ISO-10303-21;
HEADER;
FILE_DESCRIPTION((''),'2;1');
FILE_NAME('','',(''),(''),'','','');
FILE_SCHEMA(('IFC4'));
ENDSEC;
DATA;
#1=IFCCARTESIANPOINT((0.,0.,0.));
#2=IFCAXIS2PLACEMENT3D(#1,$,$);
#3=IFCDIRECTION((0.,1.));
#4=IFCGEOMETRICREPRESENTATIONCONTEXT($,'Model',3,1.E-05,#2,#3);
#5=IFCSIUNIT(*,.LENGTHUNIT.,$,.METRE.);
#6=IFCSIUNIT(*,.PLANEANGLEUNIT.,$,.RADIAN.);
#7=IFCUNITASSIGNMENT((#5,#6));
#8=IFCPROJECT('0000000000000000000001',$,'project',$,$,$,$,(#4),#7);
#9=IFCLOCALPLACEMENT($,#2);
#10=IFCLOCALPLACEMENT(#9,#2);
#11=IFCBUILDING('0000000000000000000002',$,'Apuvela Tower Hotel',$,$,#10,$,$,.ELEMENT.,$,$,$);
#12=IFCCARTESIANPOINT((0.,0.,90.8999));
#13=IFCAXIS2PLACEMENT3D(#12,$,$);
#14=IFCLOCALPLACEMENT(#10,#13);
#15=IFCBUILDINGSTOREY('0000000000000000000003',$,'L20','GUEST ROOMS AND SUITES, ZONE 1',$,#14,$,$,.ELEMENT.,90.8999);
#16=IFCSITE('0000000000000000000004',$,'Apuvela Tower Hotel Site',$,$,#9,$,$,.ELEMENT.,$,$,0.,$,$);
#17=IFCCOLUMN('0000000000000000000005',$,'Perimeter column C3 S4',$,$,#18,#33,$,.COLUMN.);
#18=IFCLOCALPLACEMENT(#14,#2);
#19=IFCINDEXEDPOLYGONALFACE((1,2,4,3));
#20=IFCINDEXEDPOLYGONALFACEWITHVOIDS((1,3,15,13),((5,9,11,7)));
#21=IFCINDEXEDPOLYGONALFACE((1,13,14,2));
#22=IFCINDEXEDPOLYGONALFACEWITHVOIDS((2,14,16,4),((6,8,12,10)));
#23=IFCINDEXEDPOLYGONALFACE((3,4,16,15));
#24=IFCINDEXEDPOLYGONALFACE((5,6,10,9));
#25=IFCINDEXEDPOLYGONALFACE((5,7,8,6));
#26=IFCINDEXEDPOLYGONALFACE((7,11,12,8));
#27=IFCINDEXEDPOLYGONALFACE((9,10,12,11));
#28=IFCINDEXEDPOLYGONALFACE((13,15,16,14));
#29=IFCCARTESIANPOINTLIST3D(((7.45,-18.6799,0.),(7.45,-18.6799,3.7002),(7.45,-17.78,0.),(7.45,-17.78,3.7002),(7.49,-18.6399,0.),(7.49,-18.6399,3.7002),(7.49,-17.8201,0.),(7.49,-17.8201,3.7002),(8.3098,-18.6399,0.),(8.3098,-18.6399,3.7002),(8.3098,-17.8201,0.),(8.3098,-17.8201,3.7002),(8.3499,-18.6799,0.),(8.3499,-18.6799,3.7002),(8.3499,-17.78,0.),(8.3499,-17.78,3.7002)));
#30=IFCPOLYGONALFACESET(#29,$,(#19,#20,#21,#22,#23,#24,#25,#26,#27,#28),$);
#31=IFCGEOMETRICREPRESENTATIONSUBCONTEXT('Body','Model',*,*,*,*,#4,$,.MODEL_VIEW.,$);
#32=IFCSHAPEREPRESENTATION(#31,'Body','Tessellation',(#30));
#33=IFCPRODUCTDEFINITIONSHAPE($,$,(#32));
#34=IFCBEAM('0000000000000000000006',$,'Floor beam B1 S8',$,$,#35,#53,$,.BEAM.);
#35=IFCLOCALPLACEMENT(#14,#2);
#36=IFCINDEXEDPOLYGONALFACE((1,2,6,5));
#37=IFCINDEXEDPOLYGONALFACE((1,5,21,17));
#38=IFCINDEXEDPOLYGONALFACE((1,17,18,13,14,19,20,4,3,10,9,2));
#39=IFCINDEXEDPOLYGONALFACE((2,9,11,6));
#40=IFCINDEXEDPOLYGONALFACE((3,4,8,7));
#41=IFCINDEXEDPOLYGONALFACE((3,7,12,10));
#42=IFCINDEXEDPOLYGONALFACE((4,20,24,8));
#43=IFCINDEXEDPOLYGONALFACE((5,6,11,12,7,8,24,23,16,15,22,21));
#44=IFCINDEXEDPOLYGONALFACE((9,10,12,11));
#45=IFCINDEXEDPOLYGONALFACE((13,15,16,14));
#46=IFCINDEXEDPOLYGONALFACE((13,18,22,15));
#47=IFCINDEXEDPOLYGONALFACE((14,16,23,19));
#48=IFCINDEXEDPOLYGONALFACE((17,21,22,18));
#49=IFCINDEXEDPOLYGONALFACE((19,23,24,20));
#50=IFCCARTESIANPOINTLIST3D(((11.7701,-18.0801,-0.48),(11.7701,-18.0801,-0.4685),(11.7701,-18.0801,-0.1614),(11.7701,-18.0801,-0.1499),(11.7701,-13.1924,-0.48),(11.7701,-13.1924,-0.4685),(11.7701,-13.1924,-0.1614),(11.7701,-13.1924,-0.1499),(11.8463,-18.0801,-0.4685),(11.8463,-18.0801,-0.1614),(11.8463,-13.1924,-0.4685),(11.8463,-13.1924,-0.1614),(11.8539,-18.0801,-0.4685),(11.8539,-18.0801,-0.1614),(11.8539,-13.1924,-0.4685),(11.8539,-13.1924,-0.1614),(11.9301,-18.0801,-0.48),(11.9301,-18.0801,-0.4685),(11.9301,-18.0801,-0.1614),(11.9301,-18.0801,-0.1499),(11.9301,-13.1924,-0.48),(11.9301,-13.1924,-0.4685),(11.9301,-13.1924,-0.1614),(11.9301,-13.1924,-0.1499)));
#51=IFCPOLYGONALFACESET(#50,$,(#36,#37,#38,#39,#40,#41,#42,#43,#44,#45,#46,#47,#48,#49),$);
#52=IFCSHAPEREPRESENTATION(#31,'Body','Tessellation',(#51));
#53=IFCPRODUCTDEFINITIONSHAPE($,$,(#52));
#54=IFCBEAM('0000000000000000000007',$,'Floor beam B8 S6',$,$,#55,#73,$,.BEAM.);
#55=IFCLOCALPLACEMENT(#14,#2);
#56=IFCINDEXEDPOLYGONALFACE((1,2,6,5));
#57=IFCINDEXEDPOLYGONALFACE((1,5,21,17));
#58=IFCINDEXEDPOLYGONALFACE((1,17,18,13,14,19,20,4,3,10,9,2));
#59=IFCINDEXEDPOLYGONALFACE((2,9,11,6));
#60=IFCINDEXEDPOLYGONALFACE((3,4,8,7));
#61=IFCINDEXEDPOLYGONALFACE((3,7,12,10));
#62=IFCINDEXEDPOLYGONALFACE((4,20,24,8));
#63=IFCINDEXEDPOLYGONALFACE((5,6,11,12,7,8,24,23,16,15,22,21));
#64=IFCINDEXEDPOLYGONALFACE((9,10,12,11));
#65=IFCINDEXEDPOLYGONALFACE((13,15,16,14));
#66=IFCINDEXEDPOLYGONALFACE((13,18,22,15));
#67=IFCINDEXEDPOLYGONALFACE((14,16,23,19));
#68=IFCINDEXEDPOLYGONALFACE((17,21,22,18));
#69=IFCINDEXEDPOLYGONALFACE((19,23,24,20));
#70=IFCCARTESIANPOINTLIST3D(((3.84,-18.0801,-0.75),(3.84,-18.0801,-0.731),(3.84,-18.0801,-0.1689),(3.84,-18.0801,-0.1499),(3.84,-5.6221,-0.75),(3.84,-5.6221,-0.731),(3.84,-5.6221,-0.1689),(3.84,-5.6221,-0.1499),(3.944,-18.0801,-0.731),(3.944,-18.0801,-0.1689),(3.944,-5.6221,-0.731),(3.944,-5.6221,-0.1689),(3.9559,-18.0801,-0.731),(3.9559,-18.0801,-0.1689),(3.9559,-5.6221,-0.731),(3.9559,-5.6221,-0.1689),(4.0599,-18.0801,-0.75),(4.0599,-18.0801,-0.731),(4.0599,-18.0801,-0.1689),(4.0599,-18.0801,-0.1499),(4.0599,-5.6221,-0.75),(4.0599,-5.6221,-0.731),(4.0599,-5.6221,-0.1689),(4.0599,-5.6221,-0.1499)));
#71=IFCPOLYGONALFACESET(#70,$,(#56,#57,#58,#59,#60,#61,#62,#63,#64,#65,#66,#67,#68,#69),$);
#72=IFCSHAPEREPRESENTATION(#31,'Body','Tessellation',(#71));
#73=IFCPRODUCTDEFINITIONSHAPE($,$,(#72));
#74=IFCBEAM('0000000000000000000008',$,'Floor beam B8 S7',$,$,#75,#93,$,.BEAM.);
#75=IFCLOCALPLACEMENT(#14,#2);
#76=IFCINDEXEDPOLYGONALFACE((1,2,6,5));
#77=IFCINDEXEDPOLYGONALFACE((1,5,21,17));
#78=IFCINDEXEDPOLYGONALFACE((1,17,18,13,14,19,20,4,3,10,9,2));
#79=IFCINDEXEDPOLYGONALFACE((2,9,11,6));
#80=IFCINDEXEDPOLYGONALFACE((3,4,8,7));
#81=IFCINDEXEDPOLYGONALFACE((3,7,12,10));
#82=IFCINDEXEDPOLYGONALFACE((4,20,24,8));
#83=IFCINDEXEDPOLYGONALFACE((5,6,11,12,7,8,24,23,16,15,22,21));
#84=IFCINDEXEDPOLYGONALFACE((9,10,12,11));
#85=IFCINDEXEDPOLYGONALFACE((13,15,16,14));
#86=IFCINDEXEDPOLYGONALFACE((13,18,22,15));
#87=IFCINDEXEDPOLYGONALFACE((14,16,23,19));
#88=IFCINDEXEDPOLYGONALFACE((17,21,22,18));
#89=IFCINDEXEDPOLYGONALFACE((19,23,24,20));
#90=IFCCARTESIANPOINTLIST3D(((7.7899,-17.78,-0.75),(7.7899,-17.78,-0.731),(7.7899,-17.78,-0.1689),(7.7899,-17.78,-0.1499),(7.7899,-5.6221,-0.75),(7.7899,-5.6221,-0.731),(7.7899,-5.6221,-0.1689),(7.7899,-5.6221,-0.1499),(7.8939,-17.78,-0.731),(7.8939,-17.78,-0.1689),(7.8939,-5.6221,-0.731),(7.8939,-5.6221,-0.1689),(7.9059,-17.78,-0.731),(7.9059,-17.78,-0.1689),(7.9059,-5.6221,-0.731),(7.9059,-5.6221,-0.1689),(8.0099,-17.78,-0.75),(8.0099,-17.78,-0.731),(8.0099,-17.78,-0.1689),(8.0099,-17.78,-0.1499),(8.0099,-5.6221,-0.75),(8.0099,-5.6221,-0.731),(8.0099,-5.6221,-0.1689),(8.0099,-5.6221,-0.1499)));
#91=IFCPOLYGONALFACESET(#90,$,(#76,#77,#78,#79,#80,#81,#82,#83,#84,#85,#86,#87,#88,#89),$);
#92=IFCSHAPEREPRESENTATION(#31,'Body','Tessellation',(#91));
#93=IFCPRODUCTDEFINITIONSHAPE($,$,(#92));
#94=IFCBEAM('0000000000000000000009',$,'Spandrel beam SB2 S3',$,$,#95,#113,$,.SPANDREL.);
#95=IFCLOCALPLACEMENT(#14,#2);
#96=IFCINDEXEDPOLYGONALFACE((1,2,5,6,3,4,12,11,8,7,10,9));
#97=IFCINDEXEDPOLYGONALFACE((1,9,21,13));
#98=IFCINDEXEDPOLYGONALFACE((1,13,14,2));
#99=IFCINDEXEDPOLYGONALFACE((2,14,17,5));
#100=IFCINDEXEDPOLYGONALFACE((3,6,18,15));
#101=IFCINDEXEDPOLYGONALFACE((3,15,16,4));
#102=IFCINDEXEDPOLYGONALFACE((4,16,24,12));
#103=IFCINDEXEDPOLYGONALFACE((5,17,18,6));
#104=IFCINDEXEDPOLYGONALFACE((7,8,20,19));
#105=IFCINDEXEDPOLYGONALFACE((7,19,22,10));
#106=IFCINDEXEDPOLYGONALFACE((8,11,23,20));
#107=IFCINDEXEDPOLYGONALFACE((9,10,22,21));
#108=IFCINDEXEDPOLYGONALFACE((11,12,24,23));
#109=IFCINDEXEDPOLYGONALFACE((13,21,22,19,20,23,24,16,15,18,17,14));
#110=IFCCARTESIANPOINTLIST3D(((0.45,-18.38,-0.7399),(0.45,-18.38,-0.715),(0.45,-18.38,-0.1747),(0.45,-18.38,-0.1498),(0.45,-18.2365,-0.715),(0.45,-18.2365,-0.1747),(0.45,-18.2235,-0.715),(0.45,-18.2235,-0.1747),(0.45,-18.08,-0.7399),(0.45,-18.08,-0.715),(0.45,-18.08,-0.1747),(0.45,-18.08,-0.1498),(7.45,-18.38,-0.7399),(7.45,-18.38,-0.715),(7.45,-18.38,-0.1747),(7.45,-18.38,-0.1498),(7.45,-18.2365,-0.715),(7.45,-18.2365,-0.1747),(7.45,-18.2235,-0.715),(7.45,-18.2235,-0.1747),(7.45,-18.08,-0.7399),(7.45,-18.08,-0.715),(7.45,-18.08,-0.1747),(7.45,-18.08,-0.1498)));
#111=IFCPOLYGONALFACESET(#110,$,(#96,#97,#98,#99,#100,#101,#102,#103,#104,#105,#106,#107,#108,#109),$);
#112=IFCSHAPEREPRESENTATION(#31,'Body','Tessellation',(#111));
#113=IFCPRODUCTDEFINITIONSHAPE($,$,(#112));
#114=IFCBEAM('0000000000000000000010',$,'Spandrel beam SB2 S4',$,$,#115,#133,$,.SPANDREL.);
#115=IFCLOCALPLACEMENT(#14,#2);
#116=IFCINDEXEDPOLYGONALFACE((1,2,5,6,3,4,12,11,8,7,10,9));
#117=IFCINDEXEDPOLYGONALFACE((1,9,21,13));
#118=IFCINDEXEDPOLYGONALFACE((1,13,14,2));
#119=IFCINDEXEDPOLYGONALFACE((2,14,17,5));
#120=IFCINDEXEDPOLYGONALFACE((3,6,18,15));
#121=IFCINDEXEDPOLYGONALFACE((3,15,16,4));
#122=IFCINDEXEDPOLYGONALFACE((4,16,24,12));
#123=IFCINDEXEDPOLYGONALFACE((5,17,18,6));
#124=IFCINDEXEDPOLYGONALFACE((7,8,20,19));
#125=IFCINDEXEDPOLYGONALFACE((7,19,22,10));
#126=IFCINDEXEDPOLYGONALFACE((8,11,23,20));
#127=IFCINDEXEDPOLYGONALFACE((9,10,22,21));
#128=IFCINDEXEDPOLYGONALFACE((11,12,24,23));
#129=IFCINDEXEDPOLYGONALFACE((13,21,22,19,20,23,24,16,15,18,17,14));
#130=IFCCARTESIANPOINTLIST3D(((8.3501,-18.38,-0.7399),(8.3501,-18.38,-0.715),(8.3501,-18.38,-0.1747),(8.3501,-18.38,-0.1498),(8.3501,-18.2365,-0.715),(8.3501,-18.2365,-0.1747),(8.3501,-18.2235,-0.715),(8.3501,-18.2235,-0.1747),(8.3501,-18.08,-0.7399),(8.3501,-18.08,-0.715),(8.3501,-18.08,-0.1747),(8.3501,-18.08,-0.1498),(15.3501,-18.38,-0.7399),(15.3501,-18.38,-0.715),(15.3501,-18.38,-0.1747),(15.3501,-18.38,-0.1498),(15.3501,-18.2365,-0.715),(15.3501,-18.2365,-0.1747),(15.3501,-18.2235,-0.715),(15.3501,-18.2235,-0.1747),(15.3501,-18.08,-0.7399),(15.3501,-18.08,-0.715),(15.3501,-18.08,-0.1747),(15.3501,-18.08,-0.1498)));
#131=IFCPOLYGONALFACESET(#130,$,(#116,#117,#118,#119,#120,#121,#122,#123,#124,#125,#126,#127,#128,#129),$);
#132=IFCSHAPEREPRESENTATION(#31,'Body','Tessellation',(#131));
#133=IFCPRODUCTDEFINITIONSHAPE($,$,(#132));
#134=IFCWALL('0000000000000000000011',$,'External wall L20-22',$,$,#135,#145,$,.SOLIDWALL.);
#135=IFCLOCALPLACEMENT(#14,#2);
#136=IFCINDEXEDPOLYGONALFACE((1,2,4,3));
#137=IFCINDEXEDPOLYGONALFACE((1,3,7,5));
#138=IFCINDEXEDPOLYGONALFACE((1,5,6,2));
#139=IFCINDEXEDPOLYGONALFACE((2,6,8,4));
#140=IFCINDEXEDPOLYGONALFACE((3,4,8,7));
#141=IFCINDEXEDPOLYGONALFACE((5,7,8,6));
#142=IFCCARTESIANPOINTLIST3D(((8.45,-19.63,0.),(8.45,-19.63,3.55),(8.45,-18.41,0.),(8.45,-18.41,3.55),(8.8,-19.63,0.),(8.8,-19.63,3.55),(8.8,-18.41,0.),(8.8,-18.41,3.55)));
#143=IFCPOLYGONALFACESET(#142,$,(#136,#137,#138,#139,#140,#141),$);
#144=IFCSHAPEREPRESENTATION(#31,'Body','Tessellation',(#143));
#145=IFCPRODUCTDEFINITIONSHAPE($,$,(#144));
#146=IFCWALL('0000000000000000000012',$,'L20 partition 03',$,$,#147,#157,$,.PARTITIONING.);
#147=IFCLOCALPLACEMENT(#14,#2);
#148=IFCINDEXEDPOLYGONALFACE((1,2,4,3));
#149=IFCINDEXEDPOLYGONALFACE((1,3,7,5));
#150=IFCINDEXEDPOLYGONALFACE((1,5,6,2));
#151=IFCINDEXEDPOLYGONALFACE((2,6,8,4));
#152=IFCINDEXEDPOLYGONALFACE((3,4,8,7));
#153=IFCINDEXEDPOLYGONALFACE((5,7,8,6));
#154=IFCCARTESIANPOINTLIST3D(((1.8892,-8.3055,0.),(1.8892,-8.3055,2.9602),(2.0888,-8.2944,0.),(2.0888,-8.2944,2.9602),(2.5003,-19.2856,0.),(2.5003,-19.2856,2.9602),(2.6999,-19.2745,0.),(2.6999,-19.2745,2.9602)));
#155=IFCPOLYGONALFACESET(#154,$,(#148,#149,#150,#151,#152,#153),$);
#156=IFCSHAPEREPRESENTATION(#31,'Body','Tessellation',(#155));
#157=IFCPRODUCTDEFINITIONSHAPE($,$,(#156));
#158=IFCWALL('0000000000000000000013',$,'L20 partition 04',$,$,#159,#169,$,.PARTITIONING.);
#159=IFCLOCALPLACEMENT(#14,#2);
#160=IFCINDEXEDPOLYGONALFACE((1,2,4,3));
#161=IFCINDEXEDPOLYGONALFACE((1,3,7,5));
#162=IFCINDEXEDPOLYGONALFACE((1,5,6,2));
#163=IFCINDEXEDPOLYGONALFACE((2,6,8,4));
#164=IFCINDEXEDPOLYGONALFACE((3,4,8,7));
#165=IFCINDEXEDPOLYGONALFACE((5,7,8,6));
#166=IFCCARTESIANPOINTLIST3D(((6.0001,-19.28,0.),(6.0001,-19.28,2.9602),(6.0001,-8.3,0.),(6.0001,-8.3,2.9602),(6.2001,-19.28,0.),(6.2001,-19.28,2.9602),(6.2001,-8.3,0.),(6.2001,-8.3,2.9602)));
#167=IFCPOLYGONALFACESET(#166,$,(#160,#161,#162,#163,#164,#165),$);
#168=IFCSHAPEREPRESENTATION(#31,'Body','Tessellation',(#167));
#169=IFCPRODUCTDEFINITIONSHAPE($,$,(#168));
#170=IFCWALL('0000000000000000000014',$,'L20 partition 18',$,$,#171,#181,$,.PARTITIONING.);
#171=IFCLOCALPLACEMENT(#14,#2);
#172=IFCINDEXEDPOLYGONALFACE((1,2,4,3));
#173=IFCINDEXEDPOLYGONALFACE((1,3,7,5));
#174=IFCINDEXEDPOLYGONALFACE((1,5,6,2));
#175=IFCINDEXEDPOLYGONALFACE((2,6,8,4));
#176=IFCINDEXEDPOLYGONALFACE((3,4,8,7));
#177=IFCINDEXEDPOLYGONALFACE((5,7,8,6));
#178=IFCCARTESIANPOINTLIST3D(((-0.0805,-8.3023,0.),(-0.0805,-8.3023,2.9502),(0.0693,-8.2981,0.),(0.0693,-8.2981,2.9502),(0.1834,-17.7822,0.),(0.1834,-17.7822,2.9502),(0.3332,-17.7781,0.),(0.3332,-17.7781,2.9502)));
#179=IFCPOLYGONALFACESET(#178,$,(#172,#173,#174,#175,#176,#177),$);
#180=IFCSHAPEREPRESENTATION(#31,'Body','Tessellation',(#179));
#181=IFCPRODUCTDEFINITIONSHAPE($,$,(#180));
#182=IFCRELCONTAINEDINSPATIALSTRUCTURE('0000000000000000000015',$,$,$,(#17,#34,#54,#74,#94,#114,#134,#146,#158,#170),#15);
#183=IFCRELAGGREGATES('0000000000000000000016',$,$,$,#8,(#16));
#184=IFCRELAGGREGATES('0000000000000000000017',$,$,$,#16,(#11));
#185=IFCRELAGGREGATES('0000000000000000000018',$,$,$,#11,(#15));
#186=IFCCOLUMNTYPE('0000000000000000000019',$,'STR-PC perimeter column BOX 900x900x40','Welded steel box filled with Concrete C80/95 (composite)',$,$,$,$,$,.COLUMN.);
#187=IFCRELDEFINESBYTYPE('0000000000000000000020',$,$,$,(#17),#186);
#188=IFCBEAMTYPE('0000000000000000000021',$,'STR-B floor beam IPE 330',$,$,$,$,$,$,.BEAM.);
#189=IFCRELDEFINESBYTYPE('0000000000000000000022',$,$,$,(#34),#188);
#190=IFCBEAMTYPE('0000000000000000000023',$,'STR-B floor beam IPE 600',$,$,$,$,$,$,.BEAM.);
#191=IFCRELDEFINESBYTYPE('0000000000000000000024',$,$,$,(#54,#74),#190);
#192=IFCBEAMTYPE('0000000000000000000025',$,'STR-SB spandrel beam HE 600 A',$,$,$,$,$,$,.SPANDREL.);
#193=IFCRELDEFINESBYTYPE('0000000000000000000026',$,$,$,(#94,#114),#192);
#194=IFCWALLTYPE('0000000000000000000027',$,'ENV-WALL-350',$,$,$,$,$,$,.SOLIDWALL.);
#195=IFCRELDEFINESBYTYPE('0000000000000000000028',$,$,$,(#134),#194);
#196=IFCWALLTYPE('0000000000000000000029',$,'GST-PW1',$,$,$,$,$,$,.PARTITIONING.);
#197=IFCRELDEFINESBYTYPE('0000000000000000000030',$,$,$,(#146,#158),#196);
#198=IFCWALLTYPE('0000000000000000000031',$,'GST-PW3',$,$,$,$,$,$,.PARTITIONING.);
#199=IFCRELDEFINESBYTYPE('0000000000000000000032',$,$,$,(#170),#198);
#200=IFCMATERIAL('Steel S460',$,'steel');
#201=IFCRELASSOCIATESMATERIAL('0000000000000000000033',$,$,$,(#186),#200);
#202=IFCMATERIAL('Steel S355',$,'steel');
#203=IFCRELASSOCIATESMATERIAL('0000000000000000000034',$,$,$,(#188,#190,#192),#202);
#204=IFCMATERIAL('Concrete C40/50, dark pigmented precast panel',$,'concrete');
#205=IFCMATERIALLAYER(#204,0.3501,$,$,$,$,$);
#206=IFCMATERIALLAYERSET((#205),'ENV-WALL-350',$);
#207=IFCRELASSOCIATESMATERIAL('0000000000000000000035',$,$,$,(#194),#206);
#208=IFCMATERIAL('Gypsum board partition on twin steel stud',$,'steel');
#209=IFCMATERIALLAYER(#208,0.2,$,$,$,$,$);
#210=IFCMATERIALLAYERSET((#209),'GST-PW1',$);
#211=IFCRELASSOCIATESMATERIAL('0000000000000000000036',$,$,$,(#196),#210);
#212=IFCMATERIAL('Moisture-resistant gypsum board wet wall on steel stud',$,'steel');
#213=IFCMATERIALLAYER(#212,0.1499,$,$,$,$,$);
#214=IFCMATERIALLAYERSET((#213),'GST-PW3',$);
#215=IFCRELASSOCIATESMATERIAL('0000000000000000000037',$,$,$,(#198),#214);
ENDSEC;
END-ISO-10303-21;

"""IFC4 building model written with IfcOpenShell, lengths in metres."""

from ifc_helpers import new_model, si_unit, direction, frame, frame_2d, origin, origin_2d, place, context, subcontext, project, spatial, rectangle, hollow_rectangle, i_section, extrude, material, layer, layer_set, material_profile, profile_set, type_object, element, save


model = new_model("IFC4")

# Units and contexts
model_context = context("Model", 3, precision=1e-05, world=origin(), true_north=direction((0.0, 1.0)))
body_context = subcontext(model_context, "Body", "Model", "MODEL_VIEW")
ifc_project = project(units=[si_unit("LENGTHUNIT", "METRE"), si_unit("PLANEANGLEUNIT", "RADIAN")], contexts=[model_context])

# Site, building, storey
site_placement = place(None, origin())
site = spatial("IfcSite", under=ifc_project, at=site_placement, Name="Apuvela Tower Hotel Site", CompositionType="ELEMENT", RefElevation=0.0)
building_placement = place(site_placement, origin())
building = spatial("IfcBuilding", under=site, at=building_placement, Name="Apuvela Tower Hotel", CompositionType="ELEMENT")
storey_placement = place(building_placement, frame((0.0, 0.0, 90.8999)))
storey = spatial("IfcBuildingStorey", under=building, at=storey_placement, Name="L20", Description="GUEST ROOMS AND SUITES, ZONE 1", CompositionType="ELEMENT", Elevation=90.8999)

# Column
ifc_material_1 = material(Name="Steel S460", Category="steel")
ifc_material_profile_1 = material_profile(ifc_material_1, hollow_rectangle(XDim=0.8999, YDim=0.8999, WallThickness=0.04, at=origin_2d()), Name="BOX 900x900x40")
ifc_material_2 = material(Name="Concrete C80/95", Category="concrete")
ifc_material_profile_2 = material_profile(ifc_material_2, rectangle(XDim=0.8201, YDim=0.8201, at=origin_2d()), Name="Concrete C80/95 infill")
ifc_profile_set_1 = profile_set([ifc_material_profile_1, ifc_material_profile_2], Name="Steel S460")
column_type = type_object("IfcColumnType", Name="STR-PC perimeter column BOX 900x900x40", Description="Welded steel box filled with Concrete C80/95 (composite)", PredefinedType="COLUMN", material=ifc_profile_set_1)
column_placement = place(storey_placement, frame((7.8999, -18.23, 0.0), z_axis=(0.0, 0.0, 1.0), x_axis=(-1.0, 0.0, 0.0)))
element("IfcColumn", 1, at=column_placement, inside=storey, type_object=column_type, Name="Perimeter column C3 S4", PredefinedType="COLUMN", context=body_context, shape_type="SweptSolid", body=[
    extrude(hollow_rectangle(XDim=0.8999, YDim=0.8999, WallThickness=0.04, at=origin_2d()), origin(), (0.0, 0.0, 1.0), 3.7002),
])

# Beams
ifc_material_3 = material(Name="Steel S355", Category="steel")
ifc_material_profile_3 = material_profile(ifc_material_3, i_section(OverallWidth=0.1599, OverallDepth=0.3301, WebThickness=0.0076, FlangeThickness=0.0115, at=origin_2d()), Name="IPE 330")
ifc_profile_set_2 = profile_set([ifc_material_profile_3], Name="Steel S355")
beam_type_1 = type_object("IfcBeamType", Name="STR-B floor beam IPE 330", PredefinedType="BEAM", material=ifc_profile_set_2)
beam_1_placement = place(storey_placement, frame((11.8501, -18.0801, -0.3149), z_axis=(0.0, 1.0, 0.0), x_axis=(-1.0, 0.0, 0.0)))
element("IfcBeam", 2, at=beam_1_placement, inside=storey, type_object=beam_type_1, Name="Floor beam B1 S8", PredefinedType="BEAM", context=body_context, shape_type="SweptSolid", body=[
    extrude(i_section(OverallWidth=0.1599, OverallDepth=0.3301, WebThickness=0.0076, FlangeThickness=0.0115, at=origin_2d()), origin(), (0.0, 0.0, 1.0), 4.8877),
])
ifc_material_profile_4 = material_profile(ifc_material_3, i_section(OverallWidth=0.22, OverallDepth=0.6001, WebThickness=0.012, FlangeThickness=0.019, at=origin_2d()), Name="IPE 600")
ifc_profile_set_3 = profile_set([ifc_material_profile_4], Name="Steel S355")
beam_type_2 = type_object("IfcBeamType", Name="STR-B floor beam IPE 600", PredefinedType="BEAM", material=ifc_profile_set_3)
beam_2_placement = place(storey_placement, frame((3.95, -18.0801, -0.45), z_axis=(0.0, 1.0, 0.0), x_axis=(-1.0, 0.0, 0.0)))
element("IfcBeam", 3, at=beam_2_placement, inside=storey, type_object=beam_type_2, Name="Floor beam B8 S6", PredefinedType="BEAM", context=body_context, shape_type="SweptSolid", body=[
    extrude(i_section(OverallWidth=0.22, OverallDepth=0.6001, WebThickness=0.012, FlangeThickness=0.019, at=origin_2d()), origin(), (0.0, 0.0, 1.0), 12.458),
])
beam_3_placement = place(storey_placement, frame((7.8999, -17.78, -0.45), z_axis=(0.0, 1.0, 0.0), x_axis=(-1.0, 0.0, 0.0)))
element("IfcBeam", 4, at=beam_3_placement, inside=storey, type_object=beam_type_2, Name="Floor beam B8 S7", PredefinedType="BEAM", context=body_context, shape_type="SweptSolid", body=[
    extrude(i_section(OverallWidth=0.22, OverallDepth=0.6001, WebThickness=0.012, FlangeThickness=0.019, at=origin_2d()), origin(), (0.0, 0.0, 1.0), 12.158),
])
ifc_material_profile_5 = material_profile(ifc_material_3, i_section(OverallWidth=0.3, OverallDepth=0.5901, WebThickness=0.0129, FlangeThickness=0.0249, at=origin_2d()), Name="HE 600 A")
ifc_profile_set_4 = profile_set([ifc_material_profile_5], Name="Steel S355")
beam_type_3 = type_object("IfcBeamType", Name="STR-SB spandrel beam HE 600 A", PredefinedType="SPANDREL", material=ifc_profile_set_4)
for number, where, z_axis, x_axis, name in (
    (5, (0.45, -18.23, -0.4448), (1.0, 0.0, 0.0), (0.0, 1.0, 0.0), "Spandrel beam SB2 S3"),
    (6, (8.3501, -18.23, -0.4448), (1.0, 0.0, 0.0), (0.0, 1.0, 0.0), "Spandrel beam SB2 S4"),
):
    element("IfcBeam", number, at=place(storey_placement, frame(where, z_axis=z_axis, x_axis=x_axis)), inside=storey, type_object=beam_type_3, Name=name, PredefinedType="SPANDREL", context=body_context, shape_type="SweptSolid", body=[
        extrude(i_section(OverallWidth=0.3, OverallDepth=0.5901, WebThickness=0.0129, FlangeThickness=0.0249, at=origin_2d()), origin(), (0.0, 0.0, 1.0), 7.0),
    ])

# Wall
ifc_material_4 = material(Name="Concrete C40/50, dark pigmented precast panel", Category="concrete")
ifc_layer_1 = layer(ifc_material_4, 0.3501)
ifc_layer_set_1 = layer_set([ifc_layer_1], Name="ENV-WALL-350")
wall_type_1 = type_object("IfcWallType", Name="ENV-WALL-350", PredefinedType="SOLIDWALL", material=ifc_layer_set_1)
wall_1_placement = place(storey_placement, frame((8.625, -19.6299, 0.0), z_axis=(0.0, 0.0, 1.0), x_axis=(0.0, 1.0, 0.0)))
element("IfcWall", 7, at=wall_1_placement, inside=storey, type_object=wall_type_1, Name="External wall L20-22", PredefinedType="SOLIDWALL", context=body_context, shape_type="SweptSolid", body=[
    extrude(rectangle(XDim=1.22, YDim=0.3501, at=frame_2d((0.6099, 0.0))), origin(), (0.0, 0.0, 1.0), 3.55),
])

# Walls
ifc_material_5 = material(Name="Gypsum board partition on twin steel stud", Category="steel")
ifc_layer_2 = layer(ifc_material_5, 0.2)
ifc_layer_set_2 = layer_set([ifc_layer_2], Name="GST-PW1")
wall_type_2 = type_object("IfcWallType", Name="GST-PW1", PredefinedType="PARTITIONING", material=ifc_layer_set_2)
wall_2_placement = place(storey_placement, frame((2.6001, -19.28, 0.0), z_axis=(0.0, 0.0, 1.0), x_axis=(-0.055568, 0.998455, 0.0)))
element("IfcWall", 8, at=wall_2_placement, inside=storey, type_object=wall_type_2, Name="L20 partition 03", PredefinedType="PARTITIONING", context=body_context, shape_type="SweptSolid", body=[
    extrude(rectangle(XDim=10.9971, YDim=0.2, at=frame_2d((5.4985, 0.0))), origin(), (0.0, 0.0, 1.0), 2.9602),
])
wall_3_placement = place(storey_placement, frame((6.1001, -19.28, 0.0), z_axis=(0.0, 0.0, 1.0), x_axis=(0.0, 1.0, 0.0)))
element("IfcWall", 9, at=wall_3_placement, inside=storey, type_object=wall_type_2, Name="L20 partition 04", PredefinedType="PARTITIONING", context=body_context, shape_type="SweptSolid", body=[
    extrude(rectangle(XDim=10.98, YDim=0.2, at=frame_2d((5.49, 0.0))), origin(), (0.0, 0.0, 1.0), 2.9602),
])
ifc_material_6 = material(Name="Moisture-resistant gypsum board wet wall on steel stud", Category="steel")
ifc_layer_3 = layer(ifc_material_6, 0.1499)
ifc_layer_set_3 = layer_set([ifc_layer_3], Name="GST-PW3")
wall_type_3 = type_object("IfcWallType", Name="GST-PW3", PredefinedType="PARTITIONING", material=ifc_layer_set_3)
wall_4_placement = place(storey_placement, frame((0.2583, -17.78, 0.0), z_axis=(0.0, 0.0, 1.0), x_axis=(-0.027829, 0.999613, 0.0)))
element("IfcWall", 10, at=wall_4_placement, inside=storey, type_object=wall_type_3, Name="L20 partition 18", PredefinedType="PARTITIONING", context=body_context, shape_type="SweptSolid", body=[
    extrude(rectangle(XDim=9.4836, YDim=0.1499, at=frame_2d((4.7417, 0.0))), origin(), (0.0, 0.0, 1.0), 2.9502),
])

save(model, "model.ifc")
